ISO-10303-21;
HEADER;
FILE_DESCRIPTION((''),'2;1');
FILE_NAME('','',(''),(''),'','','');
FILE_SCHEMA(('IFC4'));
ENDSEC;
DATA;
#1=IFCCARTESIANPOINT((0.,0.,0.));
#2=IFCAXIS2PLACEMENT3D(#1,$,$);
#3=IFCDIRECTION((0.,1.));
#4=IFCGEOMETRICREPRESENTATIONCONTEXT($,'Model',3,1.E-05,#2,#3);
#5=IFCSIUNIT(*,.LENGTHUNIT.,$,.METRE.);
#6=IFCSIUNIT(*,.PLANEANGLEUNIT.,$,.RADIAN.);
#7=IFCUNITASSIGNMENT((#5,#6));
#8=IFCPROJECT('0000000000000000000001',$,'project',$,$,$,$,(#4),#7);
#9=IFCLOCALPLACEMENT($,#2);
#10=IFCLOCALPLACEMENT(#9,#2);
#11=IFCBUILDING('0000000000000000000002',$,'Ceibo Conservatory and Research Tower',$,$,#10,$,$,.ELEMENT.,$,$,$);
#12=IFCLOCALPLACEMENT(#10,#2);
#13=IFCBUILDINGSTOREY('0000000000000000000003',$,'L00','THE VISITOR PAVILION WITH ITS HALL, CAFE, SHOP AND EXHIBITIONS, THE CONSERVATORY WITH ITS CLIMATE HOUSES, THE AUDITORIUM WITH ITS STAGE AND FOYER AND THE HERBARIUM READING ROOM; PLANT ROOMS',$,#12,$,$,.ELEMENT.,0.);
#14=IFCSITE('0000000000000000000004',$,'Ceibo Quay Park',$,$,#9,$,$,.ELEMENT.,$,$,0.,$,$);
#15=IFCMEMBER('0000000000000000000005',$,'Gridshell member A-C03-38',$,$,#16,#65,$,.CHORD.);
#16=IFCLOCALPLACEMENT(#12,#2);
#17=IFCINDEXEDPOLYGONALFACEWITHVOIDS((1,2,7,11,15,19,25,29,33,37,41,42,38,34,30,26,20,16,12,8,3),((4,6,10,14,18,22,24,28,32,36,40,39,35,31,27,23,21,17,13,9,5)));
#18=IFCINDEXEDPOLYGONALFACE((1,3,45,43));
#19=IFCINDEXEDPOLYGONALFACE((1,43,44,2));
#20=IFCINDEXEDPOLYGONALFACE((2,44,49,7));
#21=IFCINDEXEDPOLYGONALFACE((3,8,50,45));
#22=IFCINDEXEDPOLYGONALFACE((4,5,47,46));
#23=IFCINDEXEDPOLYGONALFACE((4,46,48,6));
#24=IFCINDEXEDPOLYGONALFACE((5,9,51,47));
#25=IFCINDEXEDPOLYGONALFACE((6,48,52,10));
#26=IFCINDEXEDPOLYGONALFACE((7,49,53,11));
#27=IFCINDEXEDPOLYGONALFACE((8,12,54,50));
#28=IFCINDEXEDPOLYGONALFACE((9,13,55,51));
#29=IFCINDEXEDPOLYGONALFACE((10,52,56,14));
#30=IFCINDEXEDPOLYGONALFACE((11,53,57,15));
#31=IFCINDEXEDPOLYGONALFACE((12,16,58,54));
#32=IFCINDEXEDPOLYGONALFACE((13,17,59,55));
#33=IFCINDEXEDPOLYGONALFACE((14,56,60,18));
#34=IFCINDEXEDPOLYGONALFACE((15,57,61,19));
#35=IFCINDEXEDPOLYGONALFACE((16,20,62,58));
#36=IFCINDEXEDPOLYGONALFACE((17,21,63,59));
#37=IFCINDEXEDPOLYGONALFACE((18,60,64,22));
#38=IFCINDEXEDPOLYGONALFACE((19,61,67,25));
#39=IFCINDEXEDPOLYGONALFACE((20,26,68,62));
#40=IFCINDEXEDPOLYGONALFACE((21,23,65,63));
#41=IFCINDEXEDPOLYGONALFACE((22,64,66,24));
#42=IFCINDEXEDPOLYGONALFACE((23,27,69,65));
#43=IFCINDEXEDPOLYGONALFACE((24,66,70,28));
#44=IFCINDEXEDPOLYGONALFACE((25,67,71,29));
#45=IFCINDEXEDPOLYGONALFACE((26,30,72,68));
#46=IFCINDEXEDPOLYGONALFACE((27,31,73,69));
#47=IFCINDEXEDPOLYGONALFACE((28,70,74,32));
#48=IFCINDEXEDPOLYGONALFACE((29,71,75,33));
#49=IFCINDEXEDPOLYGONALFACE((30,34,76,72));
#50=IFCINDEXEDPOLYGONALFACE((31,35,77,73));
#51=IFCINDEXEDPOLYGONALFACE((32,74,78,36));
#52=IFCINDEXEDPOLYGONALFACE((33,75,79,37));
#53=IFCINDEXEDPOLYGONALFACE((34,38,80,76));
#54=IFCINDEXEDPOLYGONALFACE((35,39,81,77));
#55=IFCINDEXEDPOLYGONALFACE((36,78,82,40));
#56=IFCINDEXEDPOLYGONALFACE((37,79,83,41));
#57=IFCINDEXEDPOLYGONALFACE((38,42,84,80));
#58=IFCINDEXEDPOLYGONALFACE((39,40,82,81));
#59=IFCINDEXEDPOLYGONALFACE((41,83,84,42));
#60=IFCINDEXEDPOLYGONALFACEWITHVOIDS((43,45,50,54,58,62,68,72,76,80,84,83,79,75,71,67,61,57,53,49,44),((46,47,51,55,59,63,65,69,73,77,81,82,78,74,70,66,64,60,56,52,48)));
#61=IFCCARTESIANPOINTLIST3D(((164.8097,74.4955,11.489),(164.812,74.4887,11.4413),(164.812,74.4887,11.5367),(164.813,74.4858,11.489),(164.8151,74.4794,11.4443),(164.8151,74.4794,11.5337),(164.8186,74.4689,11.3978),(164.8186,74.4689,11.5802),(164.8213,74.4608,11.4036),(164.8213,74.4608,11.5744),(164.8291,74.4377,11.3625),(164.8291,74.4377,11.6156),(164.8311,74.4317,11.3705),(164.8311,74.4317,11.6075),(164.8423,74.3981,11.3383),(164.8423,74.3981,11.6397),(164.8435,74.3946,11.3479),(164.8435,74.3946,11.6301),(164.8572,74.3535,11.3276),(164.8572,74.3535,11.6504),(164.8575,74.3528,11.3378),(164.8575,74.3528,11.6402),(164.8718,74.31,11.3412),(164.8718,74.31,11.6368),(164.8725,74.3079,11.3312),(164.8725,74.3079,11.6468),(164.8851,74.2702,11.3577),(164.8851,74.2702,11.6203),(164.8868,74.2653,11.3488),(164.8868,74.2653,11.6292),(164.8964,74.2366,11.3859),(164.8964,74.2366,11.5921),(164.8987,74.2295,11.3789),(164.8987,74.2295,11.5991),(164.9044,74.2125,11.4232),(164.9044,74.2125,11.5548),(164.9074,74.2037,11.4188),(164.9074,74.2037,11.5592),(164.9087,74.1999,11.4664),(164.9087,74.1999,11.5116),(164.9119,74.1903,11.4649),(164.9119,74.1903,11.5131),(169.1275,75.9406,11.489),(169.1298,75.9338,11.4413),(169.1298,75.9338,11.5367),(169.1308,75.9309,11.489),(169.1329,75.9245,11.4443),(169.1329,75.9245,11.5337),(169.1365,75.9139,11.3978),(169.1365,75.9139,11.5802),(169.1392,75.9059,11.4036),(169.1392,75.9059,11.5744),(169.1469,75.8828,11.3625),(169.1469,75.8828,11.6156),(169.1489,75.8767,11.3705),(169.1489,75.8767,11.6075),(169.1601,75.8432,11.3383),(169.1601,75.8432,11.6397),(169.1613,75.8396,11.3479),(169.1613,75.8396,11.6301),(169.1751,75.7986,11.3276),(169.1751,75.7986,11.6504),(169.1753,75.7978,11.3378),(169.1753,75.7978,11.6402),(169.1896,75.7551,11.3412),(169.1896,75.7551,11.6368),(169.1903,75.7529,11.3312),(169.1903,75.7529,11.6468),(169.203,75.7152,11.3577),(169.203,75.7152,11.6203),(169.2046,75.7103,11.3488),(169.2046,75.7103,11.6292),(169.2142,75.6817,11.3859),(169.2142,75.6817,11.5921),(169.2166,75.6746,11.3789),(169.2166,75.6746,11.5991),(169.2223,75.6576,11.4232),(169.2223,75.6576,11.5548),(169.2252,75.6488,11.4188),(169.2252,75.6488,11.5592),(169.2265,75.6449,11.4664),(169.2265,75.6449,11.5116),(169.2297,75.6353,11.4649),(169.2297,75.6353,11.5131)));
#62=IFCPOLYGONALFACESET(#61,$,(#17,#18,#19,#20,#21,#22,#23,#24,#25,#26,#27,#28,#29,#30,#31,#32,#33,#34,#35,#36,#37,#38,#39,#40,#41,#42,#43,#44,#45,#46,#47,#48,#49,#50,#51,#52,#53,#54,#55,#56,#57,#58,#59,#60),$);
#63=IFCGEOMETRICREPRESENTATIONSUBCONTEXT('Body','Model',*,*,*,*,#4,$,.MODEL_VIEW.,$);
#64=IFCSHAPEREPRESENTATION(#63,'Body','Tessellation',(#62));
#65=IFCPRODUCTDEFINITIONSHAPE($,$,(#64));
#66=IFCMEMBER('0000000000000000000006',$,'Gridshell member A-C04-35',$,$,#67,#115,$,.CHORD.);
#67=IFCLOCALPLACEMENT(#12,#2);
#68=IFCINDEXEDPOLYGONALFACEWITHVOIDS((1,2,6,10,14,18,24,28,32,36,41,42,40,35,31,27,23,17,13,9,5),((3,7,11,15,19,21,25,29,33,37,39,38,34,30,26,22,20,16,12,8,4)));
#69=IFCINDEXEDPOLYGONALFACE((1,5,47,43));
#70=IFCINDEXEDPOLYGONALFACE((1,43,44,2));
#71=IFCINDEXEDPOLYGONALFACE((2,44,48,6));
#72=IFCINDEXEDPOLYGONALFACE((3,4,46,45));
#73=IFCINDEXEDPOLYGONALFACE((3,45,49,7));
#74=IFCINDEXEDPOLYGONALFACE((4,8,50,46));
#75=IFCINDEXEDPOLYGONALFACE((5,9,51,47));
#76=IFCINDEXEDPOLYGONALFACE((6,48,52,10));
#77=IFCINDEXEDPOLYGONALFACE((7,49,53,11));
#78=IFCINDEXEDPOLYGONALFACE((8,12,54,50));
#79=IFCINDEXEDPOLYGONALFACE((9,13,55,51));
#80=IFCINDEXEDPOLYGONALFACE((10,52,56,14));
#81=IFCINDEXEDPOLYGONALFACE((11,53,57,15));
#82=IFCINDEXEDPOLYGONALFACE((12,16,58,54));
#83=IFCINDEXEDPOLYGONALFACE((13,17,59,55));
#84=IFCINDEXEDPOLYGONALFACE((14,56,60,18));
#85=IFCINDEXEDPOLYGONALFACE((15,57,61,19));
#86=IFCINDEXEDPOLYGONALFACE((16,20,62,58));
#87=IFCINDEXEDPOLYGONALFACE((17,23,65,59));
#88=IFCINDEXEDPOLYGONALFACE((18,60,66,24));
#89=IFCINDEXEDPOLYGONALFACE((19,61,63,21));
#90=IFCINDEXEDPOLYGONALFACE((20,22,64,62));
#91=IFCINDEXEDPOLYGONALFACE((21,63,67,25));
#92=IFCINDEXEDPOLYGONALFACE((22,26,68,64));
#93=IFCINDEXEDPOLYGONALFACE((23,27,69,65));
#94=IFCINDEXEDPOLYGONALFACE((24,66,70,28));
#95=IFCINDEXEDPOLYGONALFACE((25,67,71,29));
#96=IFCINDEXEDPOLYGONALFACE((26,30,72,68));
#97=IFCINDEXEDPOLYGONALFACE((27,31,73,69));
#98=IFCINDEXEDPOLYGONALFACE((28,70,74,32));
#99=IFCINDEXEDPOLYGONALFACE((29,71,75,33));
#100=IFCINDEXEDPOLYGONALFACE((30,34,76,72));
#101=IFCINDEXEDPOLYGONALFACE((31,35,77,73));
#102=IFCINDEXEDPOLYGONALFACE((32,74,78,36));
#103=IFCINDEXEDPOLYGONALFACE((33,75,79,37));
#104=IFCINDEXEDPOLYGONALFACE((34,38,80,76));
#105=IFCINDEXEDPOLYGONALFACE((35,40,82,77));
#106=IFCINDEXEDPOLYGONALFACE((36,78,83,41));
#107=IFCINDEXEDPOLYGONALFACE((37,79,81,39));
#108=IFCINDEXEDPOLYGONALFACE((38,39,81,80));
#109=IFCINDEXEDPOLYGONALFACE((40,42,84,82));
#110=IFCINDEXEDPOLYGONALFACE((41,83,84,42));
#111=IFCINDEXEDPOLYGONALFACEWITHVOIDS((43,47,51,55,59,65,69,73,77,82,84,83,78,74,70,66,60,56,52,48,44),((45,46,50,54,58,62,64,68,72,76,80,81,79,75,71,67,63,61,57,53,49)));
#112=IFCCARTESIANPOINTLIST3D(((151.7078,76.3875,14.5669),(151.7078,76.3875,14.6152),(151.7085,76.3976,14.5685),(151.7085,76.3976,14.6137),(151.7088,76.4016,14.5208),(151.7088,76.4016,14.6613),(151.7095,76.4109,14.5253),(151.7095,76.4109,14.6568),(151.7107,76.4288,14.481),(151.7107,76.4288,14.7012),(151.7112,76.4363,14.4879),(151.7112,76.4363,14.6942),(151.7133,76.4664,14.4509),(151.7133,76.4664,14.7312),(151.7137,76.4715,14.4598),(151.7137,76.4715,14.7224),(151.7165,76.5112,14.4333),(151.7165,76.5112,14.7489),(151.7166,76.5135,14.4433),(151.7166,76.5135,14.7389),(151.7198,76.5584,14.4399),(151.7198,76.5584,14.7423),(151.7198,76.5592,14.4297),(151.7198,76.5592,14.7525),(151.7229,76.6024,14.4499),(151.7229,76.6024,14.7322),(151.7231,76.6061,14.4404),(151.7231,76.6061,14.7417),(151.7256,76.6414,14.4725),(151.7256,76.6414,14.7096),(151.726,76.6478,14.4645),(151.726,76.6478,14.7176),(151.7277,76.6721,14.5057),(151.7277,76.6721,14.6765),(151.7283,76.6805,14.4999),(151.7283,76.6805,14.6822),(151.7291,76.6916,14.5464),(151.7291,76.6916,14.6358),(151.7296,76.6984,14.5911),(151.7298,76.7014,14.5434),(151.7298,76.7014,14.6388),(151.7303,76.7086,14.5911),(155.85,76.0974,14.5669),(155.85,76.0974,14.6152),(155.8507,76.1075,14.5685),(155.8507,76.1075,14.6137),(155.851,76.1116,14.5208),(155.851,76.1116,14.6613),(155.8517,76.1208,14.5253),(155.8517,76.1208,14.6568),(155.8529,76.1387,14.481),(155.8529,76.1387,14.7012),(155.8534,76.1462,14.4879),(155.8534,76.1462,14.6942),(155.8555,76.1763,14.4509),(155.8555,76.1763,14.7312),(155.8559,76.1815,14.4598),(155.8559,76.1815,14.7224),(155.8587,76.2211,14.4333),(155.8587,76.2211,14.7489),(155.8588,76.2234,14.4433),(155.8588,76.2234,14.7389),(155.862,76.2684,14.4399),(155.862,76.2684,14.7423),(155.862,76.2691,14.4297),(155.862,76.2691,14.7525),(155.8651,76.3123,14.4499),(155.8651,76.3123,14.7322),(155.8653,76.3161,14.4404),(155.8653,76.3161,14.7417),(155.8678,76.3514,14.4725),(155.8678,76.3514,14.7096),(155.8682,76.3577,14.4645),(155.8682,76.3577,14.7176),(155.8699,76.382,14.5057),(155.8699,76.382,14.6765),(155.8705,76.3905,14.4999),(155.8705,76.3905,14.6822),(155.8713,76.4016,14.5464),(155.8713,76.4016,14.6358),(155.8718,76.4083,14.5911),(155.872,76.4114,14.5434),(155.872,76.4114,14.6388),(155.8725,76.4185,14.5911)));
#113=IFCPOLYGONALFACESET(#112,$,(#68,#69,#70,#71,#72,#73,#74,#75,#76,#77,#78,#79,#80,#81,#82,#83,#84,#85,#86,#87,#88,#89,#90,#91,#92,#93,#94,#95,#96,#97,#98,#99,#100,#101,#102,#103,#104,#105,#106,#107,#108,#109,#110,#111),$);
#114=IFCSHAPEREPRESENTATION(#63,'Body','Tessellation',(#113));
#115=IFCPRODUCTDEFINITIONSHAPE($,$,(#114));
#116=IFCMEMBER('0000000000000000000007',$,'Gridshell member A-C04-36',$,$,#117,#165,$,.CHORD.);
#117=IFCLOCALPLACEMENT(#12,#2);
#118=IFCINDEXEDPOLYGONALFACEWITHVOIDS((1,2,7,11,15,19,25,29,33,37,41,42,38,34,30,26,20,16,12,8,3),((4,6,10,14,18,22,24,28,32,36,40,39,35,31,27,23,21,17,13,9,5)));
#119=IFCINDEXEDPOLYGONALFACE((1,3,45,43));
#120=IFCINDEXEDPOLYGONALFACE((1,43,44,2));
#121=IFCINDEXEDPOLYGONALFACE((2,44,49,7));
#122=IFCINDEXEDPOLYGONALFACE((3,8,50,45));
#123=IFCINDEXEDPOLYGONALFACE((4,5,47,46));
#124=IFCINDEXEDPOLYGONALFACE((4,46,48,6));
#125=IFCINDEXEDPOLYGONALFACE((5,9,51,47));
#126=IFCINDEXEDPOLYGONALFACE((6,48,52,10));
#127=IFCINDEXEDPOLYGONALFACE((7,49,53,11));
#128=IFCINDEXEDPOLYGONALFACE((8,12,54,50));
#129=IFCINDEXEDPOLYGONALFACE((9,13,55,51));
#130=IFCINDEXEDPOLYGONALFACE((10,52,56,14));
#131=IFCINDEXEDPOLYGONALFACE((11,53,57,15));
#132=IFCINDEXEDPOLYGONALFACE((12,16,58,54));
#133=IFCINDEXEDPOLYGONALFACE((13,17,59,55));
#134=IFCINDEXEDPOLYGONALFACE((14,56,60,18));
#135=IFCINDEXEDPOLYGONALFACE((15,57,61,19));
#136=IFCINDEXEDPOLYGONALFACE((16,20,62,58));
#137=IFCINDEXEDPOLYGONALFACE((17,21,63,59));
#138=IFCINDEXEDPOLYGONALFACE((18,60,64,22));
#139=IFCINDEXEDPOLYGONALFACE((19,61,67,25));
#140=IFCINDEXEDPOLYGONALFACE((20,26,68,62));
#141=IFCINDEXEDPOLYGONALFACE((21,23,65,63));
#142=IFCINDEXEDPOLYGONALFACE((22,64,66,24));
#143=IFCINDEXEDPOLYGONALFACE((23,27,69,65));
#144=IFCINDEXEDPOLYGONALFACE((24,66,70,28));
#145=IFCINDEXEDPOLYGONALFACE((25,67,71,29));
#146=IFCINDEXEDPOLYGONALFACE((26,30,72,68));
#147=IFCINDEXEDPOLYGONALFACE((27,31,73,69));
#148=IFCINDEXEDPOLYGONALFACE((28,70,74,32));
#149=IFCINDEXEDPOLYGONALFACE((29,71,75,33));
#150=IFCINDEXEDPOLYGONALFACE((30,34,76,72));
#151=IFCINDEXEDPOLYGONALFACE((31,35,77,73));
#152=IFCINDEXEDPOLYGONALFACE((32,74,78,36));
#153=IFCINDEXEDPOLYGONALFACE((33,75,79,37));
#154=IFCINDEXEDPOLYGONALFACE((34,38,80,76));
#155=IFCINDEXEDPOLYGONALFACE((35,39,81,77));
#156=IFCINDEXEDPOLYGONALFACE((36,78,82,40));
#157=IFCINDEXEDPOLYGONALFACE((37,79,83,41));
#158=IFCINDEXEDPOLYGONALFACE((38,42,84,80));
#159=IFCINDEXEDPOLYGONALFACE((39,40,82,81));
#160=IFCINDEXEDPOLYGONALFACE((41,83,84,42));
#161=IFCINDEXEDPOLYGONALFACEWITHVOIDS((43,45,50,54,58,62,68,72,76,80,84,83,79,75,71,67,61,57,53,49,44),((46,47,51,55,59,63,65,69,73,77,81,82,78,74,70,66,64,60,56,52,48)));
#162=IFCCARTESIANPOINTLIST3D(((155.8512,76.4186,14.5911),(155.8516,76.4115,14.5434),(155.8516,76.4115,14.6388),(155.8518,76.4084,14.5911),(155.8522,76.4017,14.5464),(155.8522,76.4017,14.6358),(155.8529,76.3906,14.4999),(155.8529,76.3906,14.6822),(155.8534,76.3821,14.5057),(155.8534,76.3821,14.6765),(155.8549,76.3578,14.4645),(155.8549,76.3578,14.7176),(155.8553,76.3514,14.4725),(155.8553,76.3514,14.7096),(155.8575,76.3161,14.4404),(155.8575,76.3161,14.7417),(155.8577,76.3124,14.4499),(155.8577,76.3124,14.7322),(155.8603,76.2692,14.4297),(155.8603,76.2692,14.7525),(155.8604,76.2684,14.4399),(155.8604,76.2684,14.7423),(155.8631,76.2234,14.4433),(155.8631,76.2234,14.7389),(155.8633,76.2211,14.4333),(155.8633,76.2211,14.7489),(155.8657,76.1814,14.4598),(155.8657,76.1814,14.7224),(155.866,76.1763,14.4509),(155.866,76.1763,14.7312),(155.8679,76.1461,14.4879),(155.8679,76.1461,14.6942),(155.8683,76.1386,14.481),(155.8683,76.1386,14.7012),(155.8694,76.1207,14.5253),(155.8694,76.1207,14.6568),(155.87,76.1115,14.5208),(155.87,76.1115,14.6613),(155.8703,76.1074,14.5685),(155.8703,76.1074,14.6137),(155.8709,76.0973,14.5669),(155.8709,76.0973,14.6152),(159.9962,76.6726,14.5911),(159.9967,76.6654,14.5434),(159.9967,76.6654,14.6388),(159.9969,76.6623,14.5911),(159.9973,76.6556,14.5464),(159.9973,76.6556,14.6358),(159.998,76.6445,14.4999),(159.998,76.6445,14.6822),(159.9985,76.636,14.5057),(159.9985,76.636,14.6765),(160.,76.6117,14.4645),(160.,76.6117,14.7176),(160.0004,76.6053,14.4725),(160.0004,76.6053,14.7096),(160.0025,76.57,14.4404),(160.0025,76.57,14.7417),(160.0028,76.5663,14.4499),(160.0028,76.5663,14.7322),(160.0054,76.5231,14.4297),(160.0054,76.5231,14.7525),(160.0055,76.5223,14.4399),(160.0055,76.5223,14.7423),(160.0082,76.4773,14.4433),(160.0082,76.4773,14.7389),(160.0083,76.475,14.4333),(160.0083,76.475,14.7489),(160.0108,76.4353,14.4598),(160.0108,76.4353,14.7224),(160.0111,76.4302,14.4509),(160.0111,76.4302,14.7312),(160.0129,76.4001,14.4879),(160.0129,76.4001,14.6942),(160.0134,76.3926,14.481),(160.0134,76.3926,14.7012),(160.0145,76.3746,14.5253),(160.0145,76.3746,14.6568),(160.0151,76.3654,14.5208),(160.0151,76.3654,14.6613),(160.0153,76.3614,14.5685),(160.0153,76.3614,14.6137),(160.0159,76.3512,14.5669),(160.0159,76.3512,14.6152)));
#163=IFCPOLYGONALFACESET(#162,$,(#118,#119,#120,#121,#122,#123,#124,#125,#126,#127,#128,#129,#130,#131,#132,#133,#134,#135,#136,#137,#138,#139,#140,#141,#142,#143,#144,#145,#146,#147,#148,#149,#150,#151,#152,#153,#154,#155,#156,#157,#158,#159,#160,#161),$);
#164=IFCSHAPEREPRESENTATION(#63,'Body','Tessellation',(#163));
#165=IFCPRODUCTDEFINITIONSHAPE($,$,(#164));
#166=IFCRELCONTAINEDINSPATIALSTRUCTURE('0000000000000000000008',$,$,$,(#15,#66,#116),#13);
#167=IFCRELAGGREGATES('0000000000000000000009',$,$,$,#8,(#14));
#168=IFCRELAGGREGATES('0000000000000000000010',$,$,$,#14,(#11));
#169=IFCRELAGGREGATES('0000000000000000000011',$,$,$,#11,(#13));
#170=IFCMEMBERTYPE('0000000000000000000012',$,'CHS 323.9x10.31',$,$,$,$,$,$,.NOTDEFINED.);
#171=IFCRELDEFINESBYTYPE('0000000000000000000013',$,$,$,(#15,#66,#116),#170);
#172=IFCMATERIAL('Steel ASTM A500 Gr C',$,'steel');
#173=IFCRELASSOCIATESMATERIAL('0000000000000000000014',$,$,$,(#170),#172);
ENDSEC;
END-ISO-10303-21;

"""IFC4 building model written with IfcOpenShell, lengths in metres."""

from ifc_helpers import new_model, si_unit, direction, frame, origin, origin_2d, place, context, subcontext, project, spatial, hollow_circle, extrude, material, material_profile, profile_set, type_object, element, save


model = new_model("IFC4")

# Units and contexts
model_context = context("Model", 3, precision=1e-05, world=origin(), true_north=direction((0.0, 1.0)))
body_context = subcontext(model_context, "Body", "Model", "MODEL_VIEW")
ifc_project = project(units=[si_unit("LENGTHUNIT", "METRE"), si_unit("PLANEANGLEUNIT", "RADIAN")], contexts=[model_context])

# Site, building, storey
site_placement = place(None, origin())
site = spatial("IfcSite", under=ifc_project, at=site_placement, Name="Ceibo Quay Park", CompositionType="ELEMENT", RefElevation=0.0)
building_placement = place(site_placement, origin())
building = spatial("IfcBuilding", under=site, at=building_placement, Name="Ceibo Conservatory and Research Tower", CompositionType="ELEMENT")
storey_placement = place(building_placement, origin())
storey = spatial("IfcBuildingStorey", under=building, at=storey_placement, Name="L00", Description="THE VISITOR PAVILION WITH ITS HALL, CAFE, SHOP AND EXHIBITIONS, THE CONSERVATORY WITH ITS CLIMATE HOUSES, THE AUDITORIUM WITH ITS STAGE AND FOYER AND THE HERBARIUM READING ROOM; PLANT ROOMS", CompositionType="ELEMENT", Elevation=0.0)

# Members
ifc_material_1 = material(Name="Steel ASTM A500 Gr C", Category="steel")
ifc_material_profile_1 = material_profile(ifc_material_1, hollow_circle(Radius=0.1619, WallThickness=0.0103, at=origin_2d()), Name="CHS 323.9x10.31")
ifc_profile_set_1 = profile_set([ifc_material_profile_1], Name="Steel ASTM A500 Gr C")
member_type_1 = type_object("IfcMemberType", Name="CHS 323.9x10.31", PredefinedType="NOTDEFINED", material=ifc_profile_set_1)
member_1_placement = place(storey_placement, frame((164.8611, 74.342, 11.489), z_axis=(0.948302, 0.31737, 0.0), x_axis=(-0.31737, 0.948302, 0.0)))
element("IfcMember", 1, at=member_1_placement, inside=storey, type_object=member_type_1, Name="Gridshell member A-C03-38", PredefinedType="CHORD", context=body_context, shape_type="SweptSolid", body=[
    extrude(hollow_circle(Radius=0.1619, WallThickness=0.0103, at=origin_2d()), origin(), (0.0, 0.0, 1.0), 4.5532),
])
member_2_placement = place(storey_placement, frame((151.719, 76.5471, 14.5911), z_axis=(0.997557, -0.069851, 0.0), x_axis=(0.069851, 0.997557, 0.0)))
element("IfcMember", 2, at=member_2_placement, inside=storey, type_object=member_type_1, Name="Gridshell member A-C04-35", PredefinedType="CHORD", context=body_context, shape_type="SweptSolid", body=[
    extrude(hollow_circle(Radius=0.1619, WallThickness=0.0103, at=origin_2d()), origin(), (0.0, 0.0, 1.0), 4.1523),
])
member_3_placement = place(storey_placement, frame((155.8611, 76.2571, 14.5911), z_axis=(0.998129, 0.061141, 0.0), x_axis=(-0.061141, 0.998129, 0.0)))
element("IfcMember", 3, at=member_3_placement, inside=storey, type_object=member_type_1, Name="Gridshell member A-C04-36", PredefinedType="CHORD", context=body_context, shape_type="SweptSolid", body=[
    extrude(hollow_circle(Radius=0.1619, WallThickness=0.0103, at=origin_2d()), origin(), (0.0, 0.0, 1.0), 4.1528),
])

save(model, "model.ifc")
